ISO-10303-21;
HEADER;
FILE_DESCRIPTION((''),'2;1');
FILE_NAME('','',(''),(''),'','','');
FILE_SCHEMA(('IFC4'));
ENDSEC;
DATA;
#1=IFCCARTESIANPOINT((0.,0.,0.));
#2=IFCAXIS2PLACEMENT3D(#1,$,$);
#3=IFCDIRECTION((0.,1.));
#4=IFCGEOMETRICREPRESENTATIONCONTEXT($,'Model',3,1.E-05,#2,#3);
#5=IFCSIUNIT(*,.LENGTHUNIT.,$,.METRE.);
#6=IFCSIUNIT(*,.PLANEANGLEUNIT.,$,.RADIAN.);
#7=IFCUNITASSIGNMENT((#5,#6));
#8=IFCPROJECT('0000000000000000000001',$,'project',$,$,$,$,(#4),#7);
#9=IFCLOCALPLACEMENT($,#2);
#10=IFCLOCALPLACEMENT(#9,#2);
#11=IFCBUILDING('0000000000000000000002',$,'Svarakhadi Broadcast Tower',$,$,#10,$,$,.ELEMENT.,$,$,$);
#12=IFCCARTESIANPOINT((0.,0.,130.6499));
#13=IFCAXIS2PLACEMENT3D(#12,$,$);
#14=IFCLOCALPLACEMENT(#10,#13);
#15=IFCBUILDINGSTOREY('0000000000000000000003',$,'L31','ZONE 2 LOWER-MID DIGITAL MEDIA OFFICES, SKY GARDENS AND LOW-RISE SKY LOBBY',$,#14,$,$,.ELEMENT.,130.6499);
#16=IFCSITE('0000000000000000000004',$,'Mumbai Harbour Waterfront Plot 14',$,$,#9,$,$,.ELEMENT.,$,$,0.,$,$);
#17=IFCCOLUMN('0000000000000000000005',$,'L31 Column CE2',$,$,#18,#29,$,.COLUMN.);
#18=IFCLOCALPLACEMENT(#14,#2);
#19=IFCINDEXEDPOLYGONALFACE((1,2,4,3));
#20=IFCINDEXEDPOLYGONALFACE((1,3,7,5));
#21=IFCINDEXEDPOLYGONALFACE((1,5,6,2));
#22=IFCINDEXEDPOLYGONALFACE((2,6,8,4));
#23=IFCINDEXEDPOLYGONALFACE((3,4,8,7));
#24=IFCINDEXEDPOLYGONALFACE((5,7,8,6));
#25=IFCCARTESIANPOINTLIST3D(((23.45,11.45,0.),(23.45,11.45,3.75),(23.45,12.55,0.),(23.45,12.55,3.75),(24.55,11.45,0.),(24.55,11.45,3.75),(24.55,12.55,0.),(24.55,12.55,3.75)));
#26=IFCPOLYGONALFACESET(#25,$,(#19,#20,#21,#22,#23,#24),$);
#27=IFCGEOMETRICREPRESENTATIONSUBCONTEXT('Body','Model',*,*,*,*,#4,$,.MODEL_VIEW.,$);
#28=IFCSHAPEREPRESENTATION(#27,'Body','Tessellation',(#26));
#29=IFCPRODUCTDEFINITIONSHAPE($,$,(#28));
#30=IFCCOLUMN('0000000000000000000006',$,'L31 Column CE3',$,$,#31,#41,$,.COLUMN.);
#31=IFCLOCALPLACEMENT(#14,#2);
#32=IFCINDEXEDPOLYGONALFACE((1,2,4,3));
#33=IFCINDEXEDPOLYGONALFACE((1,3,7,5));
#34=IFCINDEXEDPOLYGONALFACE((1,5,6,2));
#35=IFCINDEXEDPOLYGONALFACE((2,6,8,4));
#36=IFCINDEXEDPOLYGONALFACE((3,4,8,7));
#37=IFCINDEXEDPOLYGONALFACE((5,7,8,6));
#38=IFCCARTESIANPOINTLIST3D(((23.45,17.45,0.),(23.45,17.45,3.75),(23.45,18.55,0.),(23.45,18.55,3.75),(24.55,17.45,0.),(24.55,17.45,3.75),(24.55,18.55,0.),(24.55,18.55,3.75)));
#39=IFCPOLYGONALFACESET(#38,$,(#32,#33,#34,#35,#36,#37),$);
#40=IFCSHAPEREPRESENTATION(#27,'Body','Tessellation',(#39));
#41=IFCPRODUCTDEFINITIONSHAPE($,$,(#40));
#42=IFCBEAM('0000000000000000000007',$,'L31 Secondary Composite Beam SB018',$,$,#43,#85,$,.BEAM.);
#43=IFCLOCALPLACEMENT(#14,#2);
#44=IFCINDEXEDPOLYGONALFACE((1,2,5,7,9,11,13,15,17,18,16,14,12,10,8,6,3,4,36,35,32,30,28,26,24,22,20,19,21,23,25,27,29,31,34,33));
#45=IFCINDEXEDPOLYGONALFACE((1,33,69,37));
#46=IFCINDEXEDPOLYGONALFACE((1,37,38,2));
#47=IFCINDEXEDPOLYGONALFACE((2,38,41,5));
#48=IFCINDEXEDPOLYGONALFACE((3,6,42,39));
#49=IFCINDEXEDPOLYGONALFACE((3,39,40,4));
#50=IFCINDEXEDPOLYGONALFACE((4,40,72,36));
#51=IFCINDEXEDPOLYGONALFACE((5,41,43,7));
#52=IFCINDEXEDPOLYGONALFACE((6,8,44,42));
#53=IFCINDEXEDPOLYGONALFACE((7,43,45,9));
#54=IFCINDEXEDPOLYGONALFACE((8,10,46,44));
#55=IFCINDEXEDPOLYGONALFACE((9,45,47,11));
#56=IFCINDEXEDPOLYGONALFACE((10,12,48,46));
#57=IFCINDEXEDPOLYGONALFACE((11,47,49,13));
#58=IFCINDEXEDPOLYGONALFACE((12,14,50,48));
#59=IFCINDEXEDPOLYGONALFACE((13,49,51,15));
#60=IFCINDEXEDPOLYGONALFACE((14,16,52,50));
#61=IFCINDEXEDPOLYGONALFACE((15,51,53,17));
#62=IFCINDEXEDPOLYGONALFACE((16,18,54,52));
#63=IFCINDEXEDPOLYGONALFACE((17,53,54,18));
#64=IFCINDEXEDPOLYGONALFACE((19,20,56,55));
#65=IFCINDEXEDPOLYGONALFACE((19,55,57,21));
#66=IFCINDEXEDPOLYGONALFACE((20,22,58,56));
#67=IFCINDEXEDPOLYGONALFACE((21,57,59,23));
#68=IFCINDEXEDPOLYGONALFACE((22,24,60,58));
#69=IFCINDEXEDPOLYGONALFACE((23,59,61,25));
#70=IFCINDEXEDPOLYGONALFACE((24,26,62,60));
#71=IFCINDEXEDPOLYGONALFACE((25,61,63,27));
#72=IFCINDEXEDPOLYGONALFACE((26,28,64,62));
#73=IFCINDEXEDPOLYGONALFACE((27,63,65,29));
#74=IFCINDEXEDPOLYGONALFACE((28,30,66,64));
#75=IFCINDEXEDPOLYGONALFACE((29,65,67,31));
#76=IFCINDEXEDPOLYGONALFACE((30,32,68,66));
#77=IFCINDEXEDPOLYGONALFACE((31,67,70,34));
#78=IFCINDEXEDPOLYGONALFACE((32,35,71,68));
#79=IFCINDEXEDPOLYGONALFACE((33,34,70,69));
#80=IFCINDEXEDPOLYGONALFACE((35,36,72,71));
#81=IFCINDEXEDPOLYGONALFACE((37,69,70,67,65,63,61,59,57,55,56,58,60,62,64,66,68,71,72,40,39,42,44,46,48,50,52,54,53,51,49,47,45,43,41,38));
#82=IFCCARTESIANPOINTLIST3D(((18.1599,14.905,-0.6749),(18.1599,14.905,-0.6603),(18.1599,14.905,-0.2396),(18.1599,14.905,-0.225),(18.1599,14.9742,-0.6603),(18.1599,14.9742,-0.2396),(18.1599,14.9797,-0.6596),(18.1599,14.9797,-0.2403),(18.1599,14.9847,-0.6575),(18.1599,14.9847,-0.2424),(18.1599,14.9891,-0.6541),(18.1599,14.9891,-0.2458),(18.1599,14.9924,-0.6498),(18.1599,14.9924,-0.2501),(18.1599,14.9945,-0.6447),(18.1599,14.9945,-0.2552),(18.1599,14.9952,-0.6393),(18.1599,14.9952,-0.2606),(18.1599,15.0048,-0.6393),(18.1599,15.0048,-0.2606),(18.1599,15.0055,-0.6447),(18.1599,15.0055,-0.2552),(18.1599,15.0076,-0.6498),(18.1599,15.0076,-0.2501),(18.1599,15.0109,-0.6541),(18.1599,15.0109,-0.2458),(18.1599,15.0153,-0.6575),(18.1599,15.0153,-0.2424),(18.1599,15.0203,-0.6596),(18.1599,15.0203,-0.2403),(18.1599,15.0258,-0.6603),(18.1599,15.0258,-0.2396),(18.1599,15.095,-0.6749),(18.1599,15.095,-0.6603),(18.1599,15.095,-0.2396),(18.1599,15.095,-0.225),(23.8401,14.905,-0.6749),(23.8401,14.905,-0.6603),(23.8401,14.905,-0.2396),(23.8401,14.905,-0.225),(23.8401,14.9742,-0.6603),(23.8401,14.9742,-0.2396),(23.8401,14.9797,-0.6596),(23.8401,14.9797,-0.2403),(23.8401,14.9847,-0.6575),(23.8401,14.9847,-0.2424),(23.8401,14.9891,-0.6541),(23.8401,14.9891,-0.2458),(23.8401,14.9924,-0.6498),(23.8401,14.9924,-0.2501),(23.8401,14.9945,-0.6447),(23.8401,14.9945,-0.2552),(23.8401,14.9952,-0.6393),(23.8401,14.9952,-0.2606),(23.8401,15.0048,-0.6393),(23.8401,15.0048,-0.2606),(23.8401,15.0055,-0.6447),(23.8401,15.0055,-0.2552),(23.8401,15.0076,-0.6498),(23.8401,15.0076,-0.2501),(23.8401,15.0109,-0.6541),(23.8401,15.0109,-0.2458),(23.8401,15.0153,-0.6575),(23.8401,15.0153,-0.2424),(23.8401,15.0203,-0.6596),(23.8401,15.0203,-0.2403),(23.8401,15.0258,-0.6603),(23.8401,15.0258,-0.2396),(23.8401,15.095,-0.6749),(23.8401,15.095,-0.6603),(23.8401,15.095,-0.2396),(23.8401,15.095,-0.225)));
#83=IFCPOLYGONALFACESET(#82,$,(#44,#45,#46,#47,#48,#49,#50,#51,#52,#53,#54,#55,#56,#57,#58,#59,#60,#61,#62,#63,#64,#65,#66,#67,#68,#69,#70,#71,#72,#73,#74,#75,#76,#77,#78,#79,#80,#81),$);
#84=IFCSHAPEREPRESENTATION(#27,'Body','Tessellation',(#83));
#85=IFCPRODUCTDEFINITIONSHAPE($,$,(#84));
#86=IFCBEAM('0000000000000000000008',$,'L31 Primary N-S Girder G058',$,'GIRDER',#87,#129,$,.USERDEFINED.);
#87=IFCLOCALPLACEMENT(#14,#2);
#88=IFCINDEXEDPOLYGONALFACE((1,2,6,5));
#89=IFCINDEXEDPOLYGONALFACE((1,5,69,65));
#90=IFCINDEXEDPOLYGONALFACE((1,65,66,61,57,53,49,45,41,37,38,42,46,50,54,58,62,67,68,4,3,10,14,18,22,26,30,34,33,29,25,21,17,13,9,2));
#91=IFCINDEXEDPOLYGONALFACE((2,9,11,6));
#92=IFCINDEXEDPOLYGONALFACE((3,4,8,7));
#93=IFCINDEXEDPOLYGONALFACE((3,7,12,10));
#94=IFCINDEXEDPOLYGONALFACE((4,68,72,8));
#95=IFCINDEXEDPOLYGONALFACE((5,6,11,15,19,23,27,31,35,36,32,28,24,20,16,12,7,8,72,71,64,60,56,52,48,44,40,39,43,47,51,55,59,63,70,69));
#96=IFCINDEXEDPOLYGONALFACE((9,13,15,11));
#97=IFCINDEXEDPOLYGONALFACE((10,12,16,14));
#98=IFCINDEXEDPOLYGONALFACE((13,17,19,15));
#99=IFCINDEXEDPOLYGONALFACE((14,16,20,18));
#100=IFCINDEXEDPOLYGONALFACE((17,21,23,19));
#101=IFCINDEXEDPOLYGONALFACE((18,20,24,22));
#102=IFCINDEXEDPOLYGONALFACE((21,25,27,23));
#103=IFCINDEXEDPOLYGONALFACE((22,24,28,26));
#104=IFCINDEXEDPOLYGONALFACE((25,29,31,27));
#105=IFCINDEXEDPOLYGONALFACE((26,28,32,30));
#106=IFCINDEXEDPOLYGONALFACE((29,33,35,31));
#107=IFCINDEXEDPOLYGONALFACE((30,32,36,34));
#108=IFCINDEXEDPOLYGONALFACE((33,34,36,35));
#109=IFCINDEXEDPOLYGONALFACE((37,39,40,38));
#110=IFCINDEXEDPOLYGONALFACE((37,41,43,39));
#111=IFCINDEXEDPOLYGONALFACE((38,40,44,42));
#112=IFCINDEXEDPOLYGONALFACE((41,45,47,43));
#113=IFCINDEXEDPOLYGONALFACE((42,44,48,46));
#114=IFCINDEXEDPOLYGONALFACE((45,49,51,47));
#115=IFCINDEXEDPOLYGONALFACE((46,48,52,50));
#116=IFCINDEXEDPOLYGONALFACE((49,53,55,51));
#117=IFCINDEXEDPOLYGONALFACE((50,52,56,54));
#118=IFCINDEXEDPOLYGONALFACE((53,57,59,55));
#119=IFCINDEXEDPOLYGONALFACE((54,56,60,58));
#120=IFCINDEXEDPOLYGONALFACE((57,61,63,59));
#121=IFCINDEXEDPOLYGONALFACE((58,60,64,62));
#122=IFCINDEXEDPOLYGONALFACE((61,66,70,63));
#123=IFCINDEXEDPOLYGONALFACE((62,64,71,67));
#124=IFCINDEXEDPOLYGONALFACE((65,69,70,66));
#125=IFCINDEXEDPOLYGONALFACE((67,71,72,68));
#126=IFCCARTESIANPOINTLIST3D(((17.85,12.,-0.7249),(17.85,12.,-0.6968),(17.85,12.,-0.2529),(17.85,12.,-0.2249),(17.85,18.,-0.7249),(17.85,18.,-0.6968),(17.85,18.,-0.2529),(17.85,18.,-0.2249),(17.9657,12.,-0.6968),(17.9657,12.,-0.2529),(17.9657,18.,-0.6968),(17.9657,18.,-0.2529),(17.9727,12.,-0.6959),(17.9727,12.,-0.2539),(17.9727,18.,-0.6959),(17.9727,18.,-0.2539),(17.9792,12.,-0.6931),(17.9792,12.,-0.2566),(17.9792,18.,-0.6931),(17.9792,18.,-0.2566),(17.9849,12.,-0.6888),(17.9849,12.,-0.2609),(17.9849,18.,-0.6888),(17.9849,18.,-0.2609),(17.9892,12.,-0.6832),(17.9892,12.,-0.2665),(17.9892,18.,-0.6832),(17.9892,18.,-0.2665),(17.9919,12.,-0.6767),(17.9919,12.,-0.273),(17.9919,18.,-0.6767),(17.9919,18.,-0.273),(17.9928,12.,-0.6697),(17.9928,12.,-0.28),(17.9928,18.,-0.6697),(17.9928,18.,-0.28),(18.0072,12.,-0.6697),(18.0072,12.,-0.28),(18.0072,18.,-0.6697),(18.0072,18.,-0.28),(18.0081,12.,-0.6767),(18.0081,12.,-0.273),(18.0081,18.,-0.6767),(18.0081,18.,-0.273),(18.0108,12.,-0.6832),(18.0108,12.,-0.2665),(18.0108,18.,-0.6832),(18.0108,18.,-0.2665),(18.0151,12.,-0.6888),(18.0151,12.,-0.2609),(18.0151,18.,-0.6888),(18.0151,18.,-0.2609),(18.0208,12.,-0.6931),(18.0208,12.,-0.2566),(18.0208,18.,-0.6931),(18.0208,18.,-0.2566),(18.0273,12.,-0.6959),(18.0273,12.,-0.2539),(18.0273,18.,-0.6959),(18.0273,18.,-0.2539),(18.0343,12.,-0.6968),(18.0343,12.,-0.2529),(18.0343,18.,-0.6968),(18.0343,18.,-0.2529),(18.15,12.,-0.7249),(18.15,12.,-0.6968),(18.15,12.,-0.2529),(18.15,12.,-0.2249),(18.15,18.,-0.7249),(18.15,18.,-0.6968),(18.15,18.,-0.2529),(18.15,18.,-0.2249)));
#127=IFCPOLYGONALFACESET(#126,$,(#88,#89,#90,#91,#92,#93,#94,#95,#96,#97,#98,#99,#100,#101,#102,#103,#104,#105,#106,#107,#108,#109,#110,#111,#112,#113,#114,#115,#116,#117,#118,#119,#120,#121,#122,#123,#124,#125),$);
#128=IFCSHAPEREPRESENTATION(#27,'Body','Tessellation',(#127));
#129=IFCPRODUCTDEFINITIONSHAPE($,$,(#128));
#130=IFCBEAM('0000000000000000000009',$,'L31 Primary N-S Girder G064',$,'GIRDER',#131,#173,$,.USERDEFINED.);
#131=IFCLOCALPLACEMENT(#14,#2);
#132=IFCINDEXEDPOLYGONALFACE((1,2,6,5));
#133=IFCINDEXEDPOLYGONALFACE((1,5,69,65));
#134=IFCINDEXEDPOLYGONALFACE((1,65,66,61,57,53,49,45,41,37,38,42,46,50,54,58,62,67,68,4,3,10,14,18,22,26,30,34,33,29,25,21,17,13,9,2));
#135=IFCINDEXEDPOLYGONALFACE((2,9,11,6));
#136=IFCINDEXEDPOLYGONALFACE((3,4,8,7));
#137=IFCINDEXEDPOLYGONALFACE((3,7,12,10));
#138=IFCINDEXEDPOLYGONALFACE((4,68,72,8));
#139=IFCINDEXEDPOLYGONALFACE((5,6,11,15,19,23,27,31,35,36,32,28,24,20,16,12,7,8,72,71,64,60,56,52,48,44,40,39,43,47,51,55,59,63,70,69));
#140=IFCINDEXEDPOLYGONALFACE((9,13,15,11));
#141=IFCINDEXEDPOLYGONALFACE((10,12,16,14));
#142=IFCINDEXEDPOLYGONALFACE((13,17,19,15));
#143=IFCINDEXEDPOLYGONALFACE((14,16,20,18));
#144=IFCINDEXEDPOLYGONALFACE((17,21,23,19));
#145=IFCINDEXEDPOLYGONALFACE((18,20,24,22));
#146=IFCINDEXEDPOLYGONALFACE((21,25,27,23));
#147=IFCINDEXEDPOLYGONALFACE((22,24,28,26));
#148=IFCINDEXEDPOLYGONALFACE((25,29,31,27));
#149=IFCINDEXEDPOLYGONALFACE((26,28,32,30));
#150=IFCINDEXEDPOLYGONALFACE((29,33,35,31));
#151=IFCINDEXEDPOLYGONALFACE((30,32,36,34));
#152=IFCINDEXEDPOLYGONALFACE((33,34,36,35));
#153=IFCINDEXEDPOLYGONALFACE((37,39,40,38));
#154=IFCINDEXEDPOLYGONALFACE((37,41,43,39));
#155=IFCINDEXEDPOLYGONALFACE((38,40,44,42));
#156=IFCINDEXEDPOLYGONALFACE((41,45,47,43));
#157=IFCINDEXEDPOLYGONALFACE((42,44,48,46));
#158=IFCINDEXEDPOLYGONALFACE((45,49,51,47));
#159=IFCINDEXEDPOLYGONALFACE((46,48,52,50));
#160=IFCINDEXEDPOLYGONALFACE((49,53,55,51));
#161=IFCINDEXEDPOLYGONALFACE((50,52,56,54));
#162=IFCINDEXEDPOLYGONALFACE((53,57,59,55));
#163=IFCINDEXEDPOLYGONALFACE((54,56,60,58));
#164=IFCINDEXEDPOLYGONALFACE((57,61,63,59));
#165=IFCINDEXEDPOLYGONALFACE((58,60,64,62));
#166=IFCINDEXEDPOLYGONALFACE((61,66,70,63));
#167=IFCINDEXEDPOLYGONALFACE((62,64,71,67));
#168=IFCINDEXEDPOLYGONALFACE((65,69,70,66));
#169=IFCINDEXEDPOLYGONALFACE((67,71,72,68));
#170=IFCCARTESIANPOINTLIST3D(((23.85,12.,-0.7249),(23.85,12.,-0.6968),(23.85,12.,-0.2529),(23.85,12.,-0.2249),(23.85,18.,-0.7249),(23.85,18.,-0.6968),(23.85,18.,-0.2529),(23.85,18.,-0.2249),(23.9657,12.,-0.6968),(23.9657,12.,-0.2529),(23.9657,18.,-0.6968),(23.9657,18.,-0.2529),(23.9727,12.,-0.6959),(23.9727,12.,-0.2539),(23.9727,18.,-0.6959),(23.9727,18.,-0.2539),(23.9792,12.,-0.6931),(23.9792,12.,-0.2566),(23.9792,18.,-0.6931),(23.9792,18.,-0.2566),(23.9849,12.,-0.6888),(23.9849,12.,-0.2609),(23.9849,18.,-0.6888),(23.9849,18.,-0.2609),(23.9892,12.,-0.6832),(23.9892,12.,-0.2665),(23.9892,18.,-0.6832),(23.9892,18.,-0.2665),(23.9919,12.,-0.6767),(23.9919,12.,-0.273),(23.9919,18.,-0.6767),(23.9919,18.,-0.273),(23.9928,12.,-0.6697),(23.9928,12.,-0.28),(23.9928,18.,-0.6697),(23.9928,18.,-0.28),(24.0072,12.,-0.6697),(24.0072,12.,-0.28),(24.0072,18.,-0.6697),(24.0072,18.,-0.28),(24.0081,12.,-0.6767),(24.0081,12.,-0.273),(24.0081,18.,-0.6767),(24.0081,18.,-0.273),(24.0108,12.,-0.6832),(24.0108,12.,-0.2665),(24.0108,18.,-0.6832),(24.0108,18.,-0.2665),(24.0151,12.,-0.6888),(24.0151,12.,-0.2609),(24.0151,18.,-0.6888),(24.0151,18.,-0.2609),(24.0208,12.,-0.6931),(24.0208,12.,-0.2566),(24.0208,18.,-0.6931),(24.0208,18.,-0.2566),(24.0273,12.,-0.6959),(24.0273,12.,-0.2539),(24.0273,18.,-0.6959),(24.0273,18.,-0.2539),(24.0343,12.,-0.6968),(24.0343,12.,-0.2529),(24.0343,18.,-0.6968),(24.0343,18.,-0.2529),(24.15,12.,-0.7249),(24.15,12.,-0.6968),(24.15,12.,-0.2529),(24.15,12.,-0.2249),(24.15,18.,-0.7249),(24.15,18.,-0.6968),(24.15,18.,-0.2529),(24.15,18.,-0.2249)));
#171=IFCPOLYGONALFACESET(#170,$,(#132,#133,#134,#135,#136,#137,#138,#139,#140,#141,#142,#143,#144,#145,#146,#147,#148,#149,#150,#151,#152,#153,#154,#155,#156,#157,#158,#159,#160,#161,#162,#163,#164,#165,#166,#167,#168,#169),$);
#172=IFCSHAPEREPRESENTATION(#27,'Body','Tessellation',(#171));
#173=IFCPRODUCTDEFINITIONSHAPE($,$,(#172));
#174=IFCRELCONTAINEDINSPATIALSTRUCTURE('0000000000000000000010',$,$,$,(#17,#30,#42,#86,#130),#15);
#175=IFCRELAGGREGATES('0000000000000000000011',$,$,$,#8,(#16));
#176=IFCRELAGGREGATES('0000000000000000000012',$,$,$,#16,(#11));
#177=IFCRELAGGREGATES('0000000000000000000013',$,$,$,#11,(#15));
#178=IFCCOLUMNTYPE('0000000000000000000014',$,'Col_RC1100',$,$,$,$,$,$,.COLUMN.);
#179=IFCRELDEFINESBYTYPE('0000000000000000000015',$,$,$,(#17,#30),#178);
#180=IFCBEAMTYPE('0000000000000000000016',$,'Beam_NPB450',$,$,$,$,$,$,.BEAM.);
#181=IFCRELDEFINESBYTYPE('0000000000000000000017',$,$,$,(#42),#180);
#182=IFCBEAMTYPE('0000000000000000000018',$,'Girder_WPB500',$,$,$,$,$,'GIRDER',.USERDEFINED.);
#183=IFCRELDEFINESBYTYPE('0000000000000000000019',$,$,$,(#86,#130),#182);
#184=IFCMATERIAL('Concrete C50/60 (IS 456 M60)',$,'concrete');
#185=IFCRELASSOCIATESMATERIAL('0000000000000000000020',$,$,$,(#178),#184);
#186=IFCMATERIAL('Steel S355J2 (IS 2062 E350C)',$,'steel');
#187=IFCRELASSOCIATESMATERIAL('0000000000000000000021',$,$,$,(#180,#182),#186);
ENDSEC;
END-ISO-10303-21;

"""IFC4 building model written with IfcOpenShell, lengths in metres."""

from ifc_helpers import new_model, si_unit, direction, frame, origin, origin_2d, place, context, subcontext, project, spatial, rectangle, i_section, extrude, material, material_profile, profile_set, type_object, element, save


model = new_model("IFC4")

# Units and contexts
model_context = context("Model", 3, precision=1e-05, world=origin(), true_north=direction((0.0, 1.0)))
body_context = subcontext(model_context, "Body", "Model", "MODEL_VIEW")
ifc_project = project(units=[si_unit("LENGTHUNIT", "METRE"), si_unit("PLANEANGLEUNIT", "RADIAN")], contexts=[model_context])

# Site, building, storey
site_placement = place(None, origin())
site = spatial("IfcSite", under=ifc_project, at=site_placement, Name="Mumbai Harbour Waterfront Plot 14", CompositionType="ELEMENT", RefElevation=0.0)
building_placement = place(site_placement, origin())
building = spatial("IfcBuilding", under=site, at=building_placement, Name="Svarakhadi Broadcast Tower", CompositionType="ELEMENT")
storey_placement = place(building_placement, frame((0.0, 0.0, 130.6499)))
storey = spatial("IfcBuildingStorey", under=building, at=storey_placement, Name="L31", Description="ZONE 2 LOWER-MID DIGITAL MEDIA OFFICES, SKY GARDENS AND LOW-RISE SKY LOBBY", CompositionType="ELEMENT", Elevation=130.6499)

# Columns
ifc_material_1 = material(Name="Concrete C50/60 (IS 456 M60)", Category="concrete")
ifc_material_profile_1 = material_profile(ifc_material_1, rectangle(XDim=1.1001, YDim=1.1001, at=origin_2d()), Name="RC 1100x1100")
ifc_profile_set_1 = profile_set([ifc_material_profile_1], Name="Concrete C50/60 (IS 456 M60)")
column_type = type_object("IfcColumnType", Name="Col_RC1100", PredefinedType="COLUMN", material=ifc_profile_set_1)
for number, where, z_axis, x_axis, name in (
    (1, (24.0, 12.0, 0.0), (0.0, 0.0, 1.0), (1.0, 0.0, 0.0), "L31 Column CE2"),
    (2, (24.0, 18.0, 0.0), (0.0, 0.0, 1.0), (1.0, 0.0, 0.0), "L31 Column CE3"),
):
    element("IfcColumn", number, at=place(storey_placement, frame(where, z_axis=z_axis, x_axis=x_axis)), inside=storey, type_object=column_type, Name=name, PredefinedType="COLUMN", context=body_context, shape_type="SweptSolid", body=[
        extrude(rectangle(XDim=1.1001, YDim=1.1001, at=origin_2d()), origin(), (0.0, 0.0, 1.0), 3.75),
    ])

# Beams
ifc_material_2 = material(Name="Steel S355J2 (IS 2062 E350C)", Category="steel")
ifc_material_profile_2 = material_profile(ifc_material_2, i_section(OverallWidth=0.1899, OverallDepth=0.45, WebThickness=0.0095, FlangeThickness=0.0146, FilletRadius=0.021, at=origin_2d()), Name="NPB 450x190x78")
ifc_profile_set_2 = profile_set([ifc_material_profile_2], Name="Steel S355J2 (IS 2062 E350C)")
beam_type_1 = type_object("IfcBeamType", Name="Beam_NPB450", PredefinedType="BEAM", material=ifc_profile_set_2)
beam_1_placement = place(storey_placement, frame((18.1599, 15.0, -0.45), z_axis=(1.0, 0.0, 0.0), x_axis=(0.0, 1.0, 0.0)))
element("IfcBeam", 3, at=beam_1_placement, inside=storey, type_object=beam_type_1, Name="L31 Secondary Composite Beam SB018", PredefinedType="BEAM", context=body_context, shape_type="SweptSolid", body=[
    extrude(i_section(OverallWidth=0.1899, OverallDepth=0.45, WebThickness=0.0095, FlangeThickness=0.0146, FilletRadius=0.021, at=origin_2d()), origin(), (0.0, 0.0, 1.0), 5.6802),
])
ifc_material_profile_3 = material_profile(ifc_material_2, i_section(OverallWidth=0.3, OverallDepth=0.5, WebThickness=0.0144, FlangeThickness=0.0281, FilletRadius=0.0271, at=origin_2d()), Name="WPB 500x300x187")
ifc_profile_set_3 = profile_set([ifc_material_profile_3], Name="Steel S355J2 (IS 2062 E350C)")
beam_type_2 = type_object("IfcBeamType", Name="Girder_WPB500", ElementType="GIRDER", PredefinedType="USERDEFINED", material=ifc_profile_set_3)
for number, where, z_axis, x_axis, name in (
    (4, (18.0, 12.0, -0.4749), (0.0, 1.0, 0.0), (-1.0, 0.0, 0.0), "L31 Primary N-S Girder G058"),
    (5, (24.0, 12.0, -0.4749), (0.0, 1.0, 0.0), (-1.0, 0.0, 0.0), "L31 Primary N-S Girder G064"),
):
    element("IfcBeam", number, at=place(storey_placement, frame(where, z_axis=z_axis, x_axis=x_axis)), inside=storey, type_object=beam_type_2, Name=name, ObjectType="GIRDER", PredefinedType="USERDEFINED", context=body_context, shape_type="SweptSolid", body=[
        extrude(i_section(OverallWidth=0.3, OverallDepth=0.5, WebThickness=0.0144, FlangeThickness=0.0281, FilletRadius=0.0271, at=origin_2d()), origin(), (0.0, 0.0, 1.0), 6.0),
    ])

save(model, "model.ifc")
